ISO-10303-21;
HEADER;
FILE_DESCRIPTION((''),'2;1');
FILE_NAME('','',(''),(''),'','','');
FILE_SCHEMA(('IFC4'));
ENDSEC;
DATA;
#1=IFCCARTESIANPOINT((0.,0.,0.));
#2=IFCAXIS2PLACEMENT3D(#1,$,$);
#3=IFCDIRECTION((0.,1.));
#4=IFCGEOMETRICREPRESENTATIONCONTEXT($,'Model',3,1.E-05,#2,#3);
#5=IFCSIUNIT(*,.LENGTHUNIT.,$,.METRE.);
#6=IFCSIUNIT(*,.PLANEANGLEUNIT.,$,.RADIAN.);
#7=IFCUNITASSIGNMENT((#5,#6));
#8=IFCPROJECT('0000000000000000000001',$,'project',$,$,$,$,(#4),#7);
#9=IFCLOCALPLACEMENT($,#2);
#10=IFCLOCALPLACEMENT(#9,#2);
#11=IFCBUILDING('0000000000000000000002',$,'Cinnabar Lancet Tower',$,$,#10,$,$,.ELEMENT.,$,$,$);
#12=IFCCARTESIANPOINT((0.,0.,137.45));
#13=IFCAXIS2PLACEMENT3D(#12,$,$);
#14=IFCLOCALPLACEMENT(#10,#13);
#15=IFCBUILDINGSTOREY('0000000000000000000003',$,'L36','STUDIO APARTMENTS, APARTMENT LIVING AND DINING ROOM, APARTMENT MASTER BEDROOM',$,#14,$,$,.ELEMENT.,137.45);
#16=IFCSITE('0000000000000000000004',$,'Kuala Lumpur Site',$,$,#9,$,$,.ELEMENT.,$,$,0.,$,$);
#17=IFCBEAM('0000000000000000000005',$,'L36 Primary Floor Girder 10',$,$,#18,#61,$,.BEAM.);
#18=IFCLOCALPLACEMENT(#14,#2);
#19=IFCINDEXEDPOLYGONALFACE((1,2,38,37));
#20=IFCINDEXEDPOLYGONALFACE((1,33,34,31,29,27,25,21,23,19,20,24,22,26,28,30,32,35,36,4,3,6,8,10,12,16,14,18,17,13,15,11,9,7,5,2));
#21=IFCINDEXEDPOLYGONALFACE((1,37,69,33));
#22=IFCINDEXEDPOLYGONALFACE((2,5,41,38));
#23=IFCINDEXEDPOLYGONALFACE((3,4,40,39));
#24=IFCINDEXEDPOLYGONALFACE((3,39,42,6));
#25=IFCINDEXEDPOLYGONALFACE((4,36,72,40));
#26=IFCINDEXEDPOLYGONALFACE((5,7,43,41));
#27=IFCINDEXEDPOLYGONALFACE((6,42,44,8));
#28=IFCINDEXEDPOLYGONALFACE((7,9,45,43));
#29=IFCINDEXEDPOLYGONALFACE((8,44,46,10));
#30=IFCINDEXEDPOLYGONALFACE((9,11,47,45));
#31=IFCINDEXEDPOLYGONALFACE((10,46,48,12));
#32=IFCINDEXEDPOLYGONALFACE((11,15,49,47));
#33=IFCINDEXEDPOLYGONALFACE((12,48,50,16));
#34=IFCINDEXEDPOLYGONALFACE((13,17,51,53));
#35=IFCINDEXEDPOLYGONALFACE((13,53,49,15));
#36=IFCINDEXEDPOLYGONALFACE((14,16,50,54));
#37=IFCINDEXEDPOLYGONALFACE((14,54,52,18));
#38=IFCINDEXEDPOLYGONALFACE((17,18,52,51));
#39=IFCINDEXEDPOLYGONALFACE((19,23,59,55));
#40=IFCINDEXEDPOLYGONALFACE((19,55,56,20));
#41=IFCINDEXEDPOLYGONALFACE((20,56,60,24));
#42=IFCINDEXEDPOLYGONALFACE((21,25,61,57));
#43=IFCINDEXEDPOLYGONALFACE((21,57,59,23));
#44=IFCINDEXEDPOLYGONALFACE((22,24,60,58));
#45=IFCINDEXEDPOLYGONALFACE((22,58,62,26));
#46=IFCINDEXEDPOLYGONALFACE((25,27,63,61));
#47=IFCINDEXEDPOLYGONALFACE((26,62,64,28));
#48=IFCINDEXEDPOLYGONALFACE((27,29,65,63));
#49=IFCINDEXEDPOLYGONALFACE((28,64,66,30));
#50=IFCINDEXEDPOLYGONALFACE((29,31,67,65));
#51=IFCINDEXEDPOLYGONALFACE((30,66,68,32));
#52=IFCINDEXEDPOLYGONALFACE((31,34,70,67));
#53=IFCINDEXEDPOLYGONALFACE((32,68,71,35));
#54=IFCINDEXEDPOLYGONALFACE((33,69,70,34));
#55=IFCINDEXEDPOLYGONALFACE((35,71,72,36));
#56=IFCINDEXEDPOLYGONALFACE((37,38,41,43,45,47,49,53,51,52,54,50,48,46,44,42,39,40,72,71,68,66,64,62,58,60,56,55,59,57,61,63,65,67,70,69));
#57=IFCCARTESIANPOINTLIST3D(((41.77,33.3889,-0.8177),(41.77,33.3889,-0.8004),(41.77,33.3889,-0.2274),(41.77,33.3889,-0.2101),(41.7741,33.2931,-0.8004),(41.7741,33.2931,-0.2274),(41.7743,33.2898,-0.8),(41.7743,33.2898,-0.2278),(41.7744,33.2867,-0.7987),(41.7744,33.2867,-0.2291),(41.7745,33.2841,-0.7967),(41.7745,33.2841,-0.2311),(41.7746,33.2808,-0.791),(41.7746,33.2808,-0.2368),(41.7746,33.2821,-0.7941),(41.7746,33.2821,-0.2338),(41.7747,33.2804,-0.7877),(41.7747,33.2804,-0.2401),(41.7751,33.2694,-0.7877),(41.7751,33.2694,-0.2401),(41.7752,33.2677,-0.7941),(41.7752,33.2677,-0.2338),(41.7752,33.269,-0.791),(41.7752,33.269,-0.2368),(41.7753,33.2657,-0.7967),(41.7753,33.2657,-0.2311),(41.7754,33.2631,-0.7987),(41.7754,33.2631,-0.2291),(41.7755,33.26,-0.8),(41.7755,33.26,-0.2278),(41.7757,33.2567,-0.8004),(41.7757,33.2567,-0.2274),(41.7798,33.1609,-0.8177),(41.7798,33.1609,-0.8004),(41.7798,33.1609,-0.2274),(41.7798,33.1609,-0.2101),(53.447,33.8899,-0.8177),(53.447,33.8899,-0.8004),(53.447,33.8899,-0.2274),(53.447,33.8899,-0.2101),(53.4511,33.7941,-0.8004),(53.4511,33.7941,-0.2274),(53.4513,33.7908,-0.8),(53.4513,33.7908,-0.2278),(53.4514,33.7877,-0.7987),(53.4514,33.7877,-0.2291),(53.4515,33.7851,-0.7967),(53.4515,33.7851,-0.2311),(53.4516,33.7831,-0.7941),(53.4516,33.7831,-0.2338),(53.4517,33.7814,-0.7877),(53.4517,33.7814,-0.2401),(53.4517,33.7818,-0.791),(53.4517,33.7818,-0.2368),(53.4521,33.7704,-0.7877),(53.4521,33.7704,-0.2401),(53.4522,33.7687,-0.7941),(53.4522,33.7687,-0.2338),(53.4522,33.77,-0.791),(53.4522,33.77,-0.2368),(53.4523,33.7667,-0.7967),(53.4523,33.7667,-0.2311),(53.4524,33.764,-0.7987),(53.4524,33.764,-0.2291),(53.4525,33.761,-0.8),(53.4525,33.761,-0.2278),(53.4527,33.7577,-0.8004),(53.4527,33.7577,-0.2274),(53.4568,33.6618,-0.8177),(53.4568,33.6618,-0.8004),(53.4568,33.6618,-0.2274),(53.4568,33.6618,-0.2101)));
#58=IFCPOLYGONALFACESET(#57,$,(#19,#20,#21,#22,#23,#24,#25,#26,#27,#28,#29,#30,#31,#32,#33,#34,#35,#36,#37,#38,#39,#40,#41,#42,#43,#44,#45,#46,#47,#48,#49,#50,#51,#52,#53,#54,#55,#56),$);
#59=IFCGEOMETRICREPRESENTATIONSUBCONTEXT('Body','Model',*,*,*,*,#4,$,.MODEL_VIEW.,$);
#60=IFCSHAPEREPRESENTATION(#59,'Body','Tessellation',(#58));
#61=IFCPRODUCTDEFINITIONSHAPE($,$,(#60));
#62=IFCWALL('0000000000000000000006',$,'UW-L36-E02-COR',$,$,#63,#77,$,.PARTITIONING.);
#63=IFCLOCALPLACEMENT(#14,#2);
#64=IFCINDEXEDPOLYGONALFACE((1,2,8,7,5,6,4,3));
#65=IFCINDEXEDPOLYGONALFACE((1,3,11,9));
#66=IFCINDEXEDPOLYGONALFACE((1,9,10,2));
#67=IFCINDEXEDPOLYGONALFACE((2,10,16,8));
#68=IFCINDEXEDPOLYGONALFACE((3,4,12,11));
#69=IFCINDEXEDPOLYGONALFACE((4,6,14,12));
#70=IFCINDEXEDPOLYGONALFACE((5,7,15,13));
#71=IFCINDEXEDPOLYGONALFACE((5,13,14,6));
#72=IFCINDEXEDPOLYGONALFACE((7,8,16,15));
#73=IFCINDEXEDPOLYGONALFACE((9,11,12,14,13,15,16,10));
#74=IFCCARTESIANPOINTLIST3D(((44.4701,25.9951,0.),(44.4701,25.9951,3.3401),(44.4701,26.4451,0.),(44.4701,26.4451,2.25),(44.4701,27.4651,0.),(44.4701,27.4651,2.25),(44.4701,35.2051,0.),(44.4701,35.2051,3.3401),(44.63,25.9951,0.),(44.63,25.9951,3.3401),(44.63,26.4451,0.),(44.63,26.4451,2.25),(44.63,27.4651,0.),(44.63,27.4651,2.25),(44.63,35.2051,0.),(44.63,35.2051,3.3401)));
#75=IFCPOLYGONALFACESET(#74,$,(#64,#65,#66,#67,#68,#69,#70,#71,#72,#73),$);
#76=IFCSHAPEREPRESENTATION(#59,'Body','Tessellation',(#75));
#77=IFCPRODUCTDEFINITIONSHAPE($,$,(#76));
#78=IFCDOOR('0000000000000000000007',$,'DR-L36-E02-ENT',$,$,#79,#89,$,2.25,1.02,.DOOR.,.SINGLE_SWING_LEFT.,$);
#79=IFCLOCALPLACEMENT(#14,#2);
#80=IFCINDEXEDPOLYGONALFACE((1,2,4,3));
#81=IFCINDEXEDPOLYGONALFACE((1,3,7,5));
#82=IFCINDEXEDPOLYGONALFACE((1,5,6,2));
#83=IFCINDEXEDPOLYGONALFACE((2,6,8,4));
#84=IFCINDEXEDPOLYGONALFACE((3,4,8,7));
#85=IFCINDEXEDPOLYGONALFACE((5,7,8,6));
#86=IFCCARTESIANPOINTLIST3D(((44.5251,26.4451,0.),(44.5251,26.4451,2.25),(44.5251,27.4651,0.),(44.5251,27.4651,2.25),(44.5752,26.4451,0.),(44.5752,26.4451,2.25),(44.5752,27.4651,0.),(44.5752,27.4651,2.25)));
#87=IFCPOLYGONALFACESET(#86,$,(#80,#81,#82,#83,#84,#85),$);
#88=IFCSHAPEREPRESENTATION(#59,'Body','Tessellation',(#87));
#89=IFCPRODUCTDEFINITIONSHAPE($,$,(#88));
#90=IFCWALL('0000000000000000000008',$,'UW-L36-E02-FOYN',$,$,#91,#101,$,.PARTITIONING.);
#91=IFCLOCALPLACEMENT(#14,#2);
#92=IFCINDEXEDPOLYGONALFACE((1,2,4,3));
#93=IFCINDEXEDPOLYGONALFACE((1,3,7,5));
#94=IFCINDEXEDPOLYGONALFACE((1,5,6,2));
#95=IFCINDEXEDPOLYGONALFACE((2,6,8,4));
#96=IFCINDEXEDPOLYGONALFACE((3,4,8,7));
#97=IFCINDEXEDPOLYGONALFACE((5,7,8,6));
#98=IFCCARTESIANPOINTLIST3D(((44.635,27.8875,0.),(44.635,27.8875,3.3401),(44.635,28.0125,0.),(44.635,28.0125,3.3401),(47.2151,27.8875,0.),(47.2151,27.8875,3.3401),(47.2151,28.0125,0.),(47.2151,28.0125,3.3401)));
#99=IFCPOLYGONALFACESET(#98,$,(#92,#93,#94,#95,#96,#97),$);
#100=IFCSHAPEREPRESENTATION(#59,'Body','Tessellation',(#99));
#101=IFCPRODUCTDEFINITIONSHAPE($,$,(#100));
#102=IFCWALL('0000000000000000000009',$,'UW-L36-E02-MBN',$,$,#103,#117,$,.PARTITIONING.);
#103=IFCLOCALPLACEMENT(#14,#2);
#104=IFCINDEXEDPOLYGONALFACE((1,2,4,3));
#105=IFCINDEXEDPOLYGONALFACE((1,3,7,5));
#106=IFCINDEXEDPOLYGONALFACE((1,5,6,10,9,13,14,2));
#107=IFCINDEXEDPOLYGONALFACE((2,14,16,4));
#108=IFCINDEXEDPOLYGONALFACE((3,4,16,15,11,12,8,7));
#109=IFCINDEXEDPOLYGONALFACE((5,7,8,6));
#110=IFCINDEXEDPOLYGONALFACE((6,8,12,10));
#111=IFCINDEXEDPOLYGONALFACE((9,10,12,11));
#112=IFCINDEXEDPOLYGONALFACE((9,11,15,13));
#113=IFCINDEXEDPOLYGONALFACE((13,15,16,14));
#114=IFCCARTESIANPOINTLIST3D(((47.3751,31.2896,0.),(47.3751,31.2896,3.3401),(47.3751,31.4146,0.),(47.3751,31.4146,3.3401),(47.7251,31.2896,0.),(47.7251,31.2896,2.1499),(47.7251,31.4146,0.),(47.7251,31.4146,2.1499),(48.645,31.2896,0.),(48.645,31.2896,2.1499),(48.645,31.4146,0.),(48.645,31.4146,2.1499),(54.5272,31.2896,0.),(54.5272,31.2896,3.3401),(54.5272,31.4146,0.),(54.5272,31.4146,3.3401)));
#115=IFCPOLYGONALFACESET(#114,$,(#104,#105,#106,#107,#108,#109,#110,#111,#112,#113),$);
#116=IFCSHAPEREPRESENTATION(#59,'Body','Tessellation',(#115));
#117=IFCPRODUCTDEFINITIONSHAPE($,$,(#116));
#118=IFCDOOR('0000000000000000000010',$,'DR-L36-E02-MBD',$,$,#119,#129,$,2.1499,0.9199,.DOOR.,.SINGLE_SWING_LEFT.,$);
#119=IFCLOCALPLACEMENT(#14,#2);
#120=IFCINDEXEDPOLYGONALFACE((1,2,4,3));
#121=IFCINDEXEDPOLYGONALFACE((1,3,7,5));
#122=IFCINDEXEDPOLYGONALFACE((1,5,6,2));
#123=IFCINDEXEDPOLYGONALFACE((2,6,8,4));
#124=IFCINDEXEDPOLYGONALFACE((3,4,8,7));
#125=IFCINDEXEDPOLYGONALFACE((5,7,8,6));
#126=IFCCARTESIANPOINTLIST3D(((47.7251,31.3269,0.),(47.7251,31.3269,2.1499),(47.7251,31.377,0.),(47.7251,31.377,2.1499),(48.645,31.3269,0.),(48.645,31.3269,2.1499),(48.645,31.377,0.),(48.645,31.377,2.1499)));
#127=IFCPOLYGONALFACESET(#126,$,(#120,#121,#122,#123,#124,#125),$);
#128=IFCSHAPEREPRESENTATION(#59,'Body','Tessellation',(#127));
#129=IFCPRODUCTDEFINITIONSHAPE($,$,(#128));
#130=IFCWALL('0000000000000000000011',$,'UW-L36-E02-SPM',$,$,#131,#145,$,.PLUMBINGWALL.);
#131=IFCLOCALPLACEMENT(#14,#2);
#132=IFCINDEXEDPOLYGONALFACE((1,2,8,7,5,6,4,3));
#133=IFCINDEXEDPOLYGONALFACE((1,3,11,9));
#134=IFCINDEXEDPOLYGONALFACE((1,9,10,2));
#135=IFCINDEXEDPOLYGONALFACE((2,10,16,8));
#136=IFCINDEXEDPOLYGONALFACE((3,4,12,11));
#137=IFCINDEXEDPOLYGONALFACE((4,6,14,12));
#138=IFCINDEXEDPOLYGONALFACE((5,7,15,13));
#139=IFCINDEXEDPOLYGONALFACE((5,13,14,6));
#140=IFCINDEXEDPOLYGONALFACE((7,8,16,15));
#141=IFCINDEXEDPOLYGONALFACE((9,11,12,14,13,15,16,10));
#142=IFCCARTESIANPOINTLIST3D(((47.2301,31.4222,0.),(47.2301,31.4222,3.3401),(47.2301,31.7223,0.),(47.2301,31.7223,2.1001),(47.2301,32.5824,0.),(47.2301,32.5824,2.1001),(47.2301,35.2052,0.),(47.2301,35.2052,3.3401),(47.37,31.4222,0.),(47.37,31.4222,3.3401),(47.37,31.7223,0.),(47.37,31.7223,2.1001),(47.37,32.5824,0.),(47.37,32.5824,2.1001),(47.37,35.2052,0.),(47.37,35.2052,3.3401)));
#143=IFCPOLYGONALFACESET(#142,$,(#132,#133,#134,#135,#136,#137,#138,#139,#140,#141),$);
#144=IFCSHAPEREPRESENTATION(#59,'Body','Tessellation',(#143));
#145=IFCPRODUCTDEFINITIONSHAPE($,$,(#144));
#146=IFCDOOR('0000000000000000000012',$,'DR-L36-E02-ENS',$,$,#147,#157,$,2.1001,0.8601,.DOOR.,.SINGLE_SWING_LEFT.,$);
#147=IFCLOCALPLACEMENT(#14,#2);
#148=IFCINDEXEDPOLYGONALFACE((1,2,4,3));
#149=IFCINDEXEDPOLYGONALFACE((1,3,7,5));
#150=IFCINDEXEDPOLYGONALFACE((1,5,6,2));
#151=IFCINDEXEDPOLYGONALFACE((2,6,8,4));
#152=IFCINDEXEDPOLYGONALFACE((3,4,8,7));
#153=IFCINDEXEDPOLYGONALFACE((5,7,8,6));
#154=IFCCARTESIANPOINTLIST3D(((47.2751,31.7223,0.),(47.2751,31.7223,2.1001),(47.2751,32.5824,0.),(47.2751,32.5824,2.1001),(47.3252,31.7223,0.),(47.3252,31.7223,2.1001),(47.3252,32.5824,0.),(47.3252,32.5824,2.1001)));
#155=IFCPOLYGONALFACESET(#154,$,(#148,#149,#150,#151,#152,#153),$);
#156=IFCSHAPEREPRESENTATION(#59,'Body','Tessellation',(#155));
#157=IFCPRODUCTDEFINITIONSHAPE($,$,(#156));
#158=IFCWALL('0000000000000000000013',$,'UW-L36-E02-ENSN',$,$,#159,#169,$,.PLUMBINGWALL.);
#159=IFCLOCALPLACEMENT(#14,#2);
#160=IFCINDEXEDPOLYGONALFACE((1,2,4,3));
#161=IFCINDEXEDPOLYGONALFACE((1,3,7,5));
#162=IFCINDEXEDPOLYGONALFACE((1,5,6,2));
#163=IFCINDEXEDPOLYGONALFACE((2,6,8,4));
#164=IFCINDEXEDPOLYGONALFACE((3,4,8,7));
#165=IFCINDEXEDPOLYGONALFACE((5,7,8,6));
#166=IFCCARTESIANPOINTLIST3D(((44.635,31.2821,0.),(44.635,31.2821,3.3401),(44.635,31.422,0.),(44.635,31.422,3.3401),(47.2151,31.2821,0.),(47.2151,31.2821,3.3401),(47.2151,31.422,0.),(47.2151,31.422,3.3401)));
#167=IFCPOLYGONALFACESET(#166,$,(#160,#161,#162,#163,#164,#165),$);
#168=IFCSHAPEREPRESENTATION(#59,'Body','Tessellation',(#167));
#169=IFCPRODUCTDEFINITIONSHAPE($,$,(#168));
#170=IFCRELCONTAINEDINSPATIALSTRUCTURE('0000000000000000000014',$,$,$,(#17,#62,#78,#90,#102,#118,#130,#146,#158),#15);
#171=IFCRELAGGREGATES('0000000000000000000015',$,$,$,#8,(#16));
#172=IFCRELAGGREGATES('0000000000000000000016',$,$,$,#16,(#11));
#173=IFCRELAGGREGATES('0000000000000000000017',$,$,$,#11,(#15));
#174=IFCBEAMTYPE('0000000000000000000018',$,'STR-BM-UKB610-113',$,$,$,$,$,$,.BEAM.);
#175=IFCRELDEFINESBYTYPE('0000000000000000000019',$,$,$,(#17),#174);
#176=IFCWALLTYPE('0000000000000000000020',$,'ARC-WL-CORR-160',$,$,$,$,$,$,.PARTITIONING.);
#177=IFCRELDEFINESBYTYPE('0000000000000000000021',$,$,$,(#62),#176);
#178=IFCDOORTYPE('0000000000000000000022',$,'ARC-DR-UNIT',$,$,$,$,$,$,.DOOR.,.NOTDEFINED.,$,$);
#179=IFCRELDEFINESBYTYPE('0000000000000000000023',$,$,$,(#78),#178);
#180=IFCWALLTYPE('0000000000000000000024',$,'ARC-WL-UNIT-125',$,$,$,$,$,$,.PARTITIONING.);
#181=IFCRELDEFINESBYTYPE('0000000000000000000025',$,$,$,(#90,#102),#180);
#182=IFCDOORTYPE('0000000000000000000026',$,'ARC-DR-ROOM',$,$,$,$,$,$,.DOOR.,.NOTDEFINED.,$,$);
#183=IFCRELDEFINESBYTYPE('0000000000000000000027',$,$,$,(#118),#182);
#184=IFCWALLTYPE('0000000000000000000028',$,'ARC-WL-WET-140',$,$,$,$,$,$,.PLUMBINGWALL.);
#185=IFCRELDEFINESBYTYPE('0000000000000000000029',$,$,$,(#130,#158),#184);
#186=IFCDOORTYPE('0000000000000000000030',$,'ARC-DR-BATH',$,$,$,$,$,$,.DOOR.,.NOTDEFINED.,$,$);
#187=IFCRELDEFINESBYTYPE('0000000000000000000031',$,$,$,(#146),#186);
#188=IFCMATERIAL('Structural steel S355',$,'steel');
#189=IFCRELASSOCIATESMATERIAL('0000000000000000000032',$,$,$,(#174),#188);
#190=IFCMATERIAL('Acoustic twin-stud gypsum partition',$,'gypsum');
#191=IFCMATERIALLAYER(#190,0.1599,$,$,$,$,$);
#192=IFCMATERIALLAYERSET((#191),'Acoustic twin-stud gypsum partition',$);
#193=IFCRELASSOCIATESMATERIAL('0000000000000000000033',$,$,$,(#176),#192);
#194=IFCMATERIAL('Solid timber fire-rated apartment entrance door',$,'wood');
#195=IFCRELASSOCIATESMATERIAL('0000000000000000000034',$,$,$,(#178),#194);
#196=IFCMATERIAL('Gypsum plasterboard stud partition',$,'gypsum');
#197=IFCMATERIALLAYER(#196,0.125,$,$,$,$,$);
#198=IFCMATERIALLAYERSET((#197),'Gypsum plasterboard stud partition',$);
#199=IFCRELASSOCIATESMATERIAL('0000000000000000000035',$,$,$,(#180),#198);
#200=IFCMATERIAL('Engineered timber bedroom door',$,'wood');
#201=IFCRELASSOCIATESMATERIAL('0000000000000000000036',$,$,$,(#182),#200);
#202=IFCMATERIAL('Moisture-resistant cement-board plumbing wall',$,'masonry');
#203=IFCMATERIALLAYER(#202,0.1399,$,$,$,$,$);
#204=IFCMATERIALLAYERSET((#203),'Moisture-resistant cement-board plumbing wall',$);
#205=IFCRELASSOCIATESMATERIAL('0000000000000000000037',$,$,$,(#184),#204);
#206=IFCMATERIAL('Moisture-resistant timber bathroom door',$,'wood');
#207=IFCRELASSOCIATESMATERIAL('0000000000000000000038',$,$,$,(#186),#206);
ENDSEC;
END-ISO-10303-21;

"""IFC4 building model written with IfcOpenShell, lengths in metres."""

from ifc_helpers import new_model, si_unit, direction, frame, frame_2d, origin, origin_2d, place, context, subcontext, project, spatial, rectangle, i_section, extrude, material, layer, layer_set, material_profile, profile_set, type_object, element, fill, save


model = new_model("IFC4")

# Units and contexts
model_context = context("Model", 3, precision=1e-05, world=origin(), true_north=direction((0.0, 1.0)))
body_context = subcontext(model_context, "Body", "Model", "MODEL_VIEW")
ifc_project = project(units=[si_unit("LENGTHUNIT", "METRE"), si_unit("PLANEANGLEUNIT", "RADIAN")], contexts=[model_context])

# Site, building, storey
site_placement = place(None, origin())
site = spatial("IfcSite", under=ifc_project, at=site_placement, Name="Kuala Lumpur Site", CompositionType="ELEMENT", RefElevation=0.0)
building_placement = place(site_placement, origin())
building = spatial("IfcBuilding", under=site, at=building_placement, Name="Cinnabar Lancet Tower", CompositionType="ELEMENT")
storey_placement = place(building_placement, frame((0.0, 0.0, 137.45)))
storey = spatial("IfcBuildingStorey", under=building, at=storey_placement, Name="L36", Description="STUDIO APARTMENTS, APARTMENT LIVING AND DINING ROOM, APARTMENT MASTER BEDROOM", CompositionType="ELEMENT", Elevation=137.45)

# Beam
ifc_material_1 = material(Name="Structural steel S355", Category="steel")
ifc_material_profile_1 = material_profile(ifc_material_1, i_section(OverallWidth=0.2283, OverallDepth=0.6077, WebThickness=0.011, FlangeThickness=0.0173, FilletRadius=0.0127, at=origin_2d()), Name="UKB 610x229x113")
ifc_profile_set_1 = profile_set([ifc_material_profile_1], Name="Structural steel S355")
beam_type_1 = type_object("IfcBeamType", Name="STR-BM-UKB610-113", PredefinedType="BEAM", material=ifc_profile_set_1)
beam_1_placement = place(storey_placement, frame((53.4519, 33.7759, -0.5139), z_axis=(-0.999081, -0.042863, 0.0), x_axis=(0.042863, -0.999081, 0.0)))
element("IfcBeam", 1, at=beam_1_placement, inside=storey, type_object=beam_type_1, Name="L36 Primary Floor Girder 10", PredefinedType="BEAM", context=body_context, shape_type="SweptSolid", body=[
    extrude(i_section(OverallWidth=0.2283, OverallDepth=0.6077, WebThickness=0.011, FlangeThickness=0.0173, FilletRadius=0.0127, at=origin_2d()), origin(), (0.0, 0.0, 1.0), 11.6877),
])

# Wall, opening, door
ifc_material_2 = material(Name="Acoustic twin-stud gypsum partition", Category="gypsum")
ifc_layer_1 = layer(ifc_material_2, 0.1599)
ifc_layer_set_1 = layer_set([ifc_layer_1], Name="Acoustic twin-stud gypsum partition")
wall_type_1 = type_object("IfcWallType", Name="ARC-WL-CORR-160", PredefinedType="PARTITIONING", material=ifc_layer_set_1)
wall_1_placement = place(storey_placement, frame((44.55, 25.9951, 0.0), z_axis=(0.0, 0.0, 1.0), x_axis=(0.0, 1.0, 0.0)))
wall_1 = element("IfcWall", 2, at=wall_1_placement, inside=storey, type_object=wall_type_1, Name="UW-L36-E02-COR", PredefinedType="PARTITIONING", context=body_context, shape_type="SweptSolid", body=[
    extrude(rectangle(XDim=9.21, YDim=0.1599, at=frame_2d((4.605, 0.0))), origin(), (0.0, 0.0, 1.0), 3.3401),
])
opening_1_placement = place(wall_1_placement, frame((0.45, 0.0, 0.0)))
opening_1 = element("IfcOpeningElement", 3, at=opening_1_placement, cuts=wall_1, PredefinedType="OPENING", context=body_context, shape_type="SweptSolid", body=[
    extrude(rectangle(XDim=1.02, YDim=2.25, at=frame_2d((0.51, 1.125))), frame((0.0, 0.0898, 0.0), z_axis=(0.0, -1.0, 0.0), x_axis=(1.0, 0.0, 0.0)), (0.0, 0.0, 1.0), 0.1799),
])
ifc_material_3 = material(Name="Solid timber fire-rated apartment entrance door", Category="wood")
door_type_1 = type_object("IfcDoorType", Name="ARC-DR-UNIT", OperationType="NOTDEFINED", PredefinedType="DOOR", material=ifc_material_3)
door_1_placement = place(opening_1_placement, origin())
door_1 = element("IfcDoor", 4, at=door_1_placement, inside=storey, type_object=door_type_1, Name="DR-L36-E02-ENT", OperationType="SINGLE_SWING_LEFT", OverallHeight=2.25, OverallWidth=1.02, PredefinedType="DOOR", context=body_context, shape_type="SweptSolid", body=[
    extrude(rectangle(XDim=1.02, YDim=2.25, at=frame_2d((0.51, 1.125))), frame((0.0, 0.0249, 0.0), z_axis=(0.0, -1.0, 0.0), x_axis=(1.0, 0.0, 0.0)), (0.0, 0.0, 1.0), 0.05),
])
fill(opening_1, door_1)

# Wall
ifc_material_4 = material(Name="Gypsum plasterboard stud partition", Category="gypsum")
ifc_layer_2 = layer(ifc_material_4, 0.125)
ifc_layer_set_2 = layer_set([ifc_layer_2], Name="Gypsum plasterboard stud partition")
wall_type_2 = type_object("IfcWallType", Name="ARC-WL-UNIT-125", PredefinedType="PARTITIONING", material=ifc_layer_set_2)
wall_2_placement = place(storey_placement, frame((44.635, 27.95, 0.0), z_axis=(0.0, 0.0, 1.0), x_axis=(1.0, 0.0, 0.0)))
element("IfcWall", 5, at=wall_2_placement, inside=storey, type_object=wall_type_2, Name="UW-L36-E02-FOYN", PredefinedType="PARTITIONING", context=body_context, shape_type="SweptSolid", body=[
    extrude(rectangle(XDim=2.5801, YDim=0.125, at=frame_2d((1.29, 0.0))), origin(), (0.0, 0.0, 1.0), 3.3401),
])

# Wall, opening, door
wall_3_placement = place(storey_placement, frame((47.375, 31.3521, 0.0), z_axis=(0.0, 0.0, 1.0), x_axis=(1.0, 0.0, 0.0)))
wall_3 = element("IfcWall", 6, at=wall_3_placement, inside=storey, type_object=wall_type_2, Name="UW-L36-E02-MBN", PredefinedType="PARTITIONING", context=body_context, shape_type="SweptSolid", body=[
    extrude(rectangle(XDim=7.1521, YDim=0.125, at=frame_2d((3.5762, 0.0))), origin(), (0.0, 0.0, 1.0), 3.3401),
])
opening_2_placement = place(wall_3_placement, frame((0.3501, 0.0, 0.0)))
opening_2 = element("IfcOpeningElement", 7, at=opening_2_placement, cuts=wall_3, PredefinedType="OPENING", context=body_context, shape_type="SweptSolid", body=[
    extrude(rectangle(XDim=0.9199, YDim=2.1499, at=frame_2d((0.46, 1.075))), frame((0.0, 0.0725, 0.0), z_axis=(0.0, -1.0, 0.0), x_axis=(1.0, 0.0, 0.0)), (0.0, 0.0, 1.0), 0.145),
])
ifc_material_5 = material(Name="Engineered timber bedroom door", Category="wood")
door_type_2 = type_object("IfcDoorType", Name="ARC-DR-ROOM", OperationType="NOTDEFINED", PredefinedType="DOOR", material=ifc_material_5)
door_2_placement = place(opening_2_placement, origin())
door_2 = element("IfcDoor", 8, at=door_2_placement, inside=storey, type_object=door_type_2, Name="DR-L36-E02-MBD", OperationType="SINGLE_SWING_LEFT", OverallHeight=2.1499, OverallWidth=0.9199, PredefinedType="DOOR", context=body_context, shape_type="SweptSolid", body=[
    extrude(rectangle(XDim=0.9199, YDim=2.1499, at=frame_2d((0.46, 1.075))), frame((0.0, 0.0249, 0.0), z_axis=(0.0, -1.0, 0.0), x_axis=(1.0, 0.0, 0.0)), (0.0, 0.0, 1.0), 0.05),
])
fill(opening_2, door_2)

# Shared definitions
ifc_material_6 = material(Name="Moisture-resistant cement-board plumbing wall", Category="masonry")
ifc_layer_3 = layer(ifc_material_6, 0.1399)
ifc_layer_set_3 = layer_set([ifc_layer_3], Name="Moisture-resistant cement-board plumbing wall")
wall_type_3 = type_object("IfcWallType", Name="ARC-WL-WET-140", PredefinedType="PLUMBINGWALL", material=ifc_layer_set_3)
ifc_material_7 = material(Name="Moisture-resistant timber bathroom door", Category="wood")
door_type_3 = type_object("IfcDoorType", Name="ARC-DR-BATH", OperationType="NOTDEFINED", PredefinedType="DOOR", material=ifc_material_7)

# Wall, opening, door
wall_4_placement = place(storey_placement, frame((47.3, 31.4221, 0.0), z_axis=(0.0, 0.0, 1.0), x_axis=(0.0, 1.0, 0.0)))
wall_4 = element("IfcWall", 9, at=wall_4_placement, inside=storey, type_object=wall_type_3, Name="UW-L36-E02-SPM", PredefinedType="PLUMBINGWALL", context=body_context, shape_type="SweptSolid", body=[
    extrude(rectangle(XDim=3.783, YDim=0.1399, at=frame_2d((1.8916, 0.0))), origin(), (0.0, 0.0, 1.0), 3.3401),
])
opening_3_placement = place(wall_4_placement, frame((0.3, 0.0, 0.0)))
opening_3 = element("IfcOpeningElement", 10, at=opening_3_placement, cuts=wall_4, PredefinedType="OPENING", context=body_context, shape_type="SweptSolid", body=[
    extrude(rectangle(XDim=0.8601, YDim=2.1001, at=frame_2d((0.4302, 1.05))), frame((0.0, 0.0798, 0.0), z_axis=(0.0, -1.0, 0.0), x_axis=(1.0, 0.0, 0.0)), (0.0, 0.0, 1.0), 0.1599),
])
door_3_placement = place(opening_3_placement, origin())
door_3 = element("IfcDoor", 11, at=door_3_placement, inside=storey, type_object=door_type_3, Name="DR-L36-E02-ENS", OperationType="SINGLE_SWING_LEFT", OverallHeight=2.1001, OverallWidth=0.8601, PredefinedType="DOOR", context=body_context, shape_type="SweptSolid", body=[
    extrude(rectangle(XDim=0.8601, YDim=2.1001, at=frame_2d((0.4302, 1.05))), frame((0.0, 0.0249, 0.0), z_axis=(0.0, -1.0, 0.0), x_axis=(1.0, 0.0, 0.0)), (0.0, 0.0, 1.0), 0.05),
])
fill(opening_3, door_3)

# Wall
for number, where, z_axis, x_axis, name in (
    (12, (44.635, 31.3521, 0.0), (0.0, 0.0, 1.0), (1.0, 0.0, 0.0), "UW-L36-E02-ENSN"),
):
    element("IfcWall", number, at=place(storey_placement, frame(where, z_axis=z_axis, x_axis=x_axis)), inside=storey, type_object=wall_type_3, Name=name, PredefinedType="PLUMBINGWALL", context=body_context, shape_type="SweptSolid", body=[
        extrude(rectangle(XDim=2.5801, YDim=0.1399, at=frame_2d((1.29, 0.0))), origin(), (0.0, 0.0, 1.0), 3.3401),
    ])

save(model, "model.ifc")
